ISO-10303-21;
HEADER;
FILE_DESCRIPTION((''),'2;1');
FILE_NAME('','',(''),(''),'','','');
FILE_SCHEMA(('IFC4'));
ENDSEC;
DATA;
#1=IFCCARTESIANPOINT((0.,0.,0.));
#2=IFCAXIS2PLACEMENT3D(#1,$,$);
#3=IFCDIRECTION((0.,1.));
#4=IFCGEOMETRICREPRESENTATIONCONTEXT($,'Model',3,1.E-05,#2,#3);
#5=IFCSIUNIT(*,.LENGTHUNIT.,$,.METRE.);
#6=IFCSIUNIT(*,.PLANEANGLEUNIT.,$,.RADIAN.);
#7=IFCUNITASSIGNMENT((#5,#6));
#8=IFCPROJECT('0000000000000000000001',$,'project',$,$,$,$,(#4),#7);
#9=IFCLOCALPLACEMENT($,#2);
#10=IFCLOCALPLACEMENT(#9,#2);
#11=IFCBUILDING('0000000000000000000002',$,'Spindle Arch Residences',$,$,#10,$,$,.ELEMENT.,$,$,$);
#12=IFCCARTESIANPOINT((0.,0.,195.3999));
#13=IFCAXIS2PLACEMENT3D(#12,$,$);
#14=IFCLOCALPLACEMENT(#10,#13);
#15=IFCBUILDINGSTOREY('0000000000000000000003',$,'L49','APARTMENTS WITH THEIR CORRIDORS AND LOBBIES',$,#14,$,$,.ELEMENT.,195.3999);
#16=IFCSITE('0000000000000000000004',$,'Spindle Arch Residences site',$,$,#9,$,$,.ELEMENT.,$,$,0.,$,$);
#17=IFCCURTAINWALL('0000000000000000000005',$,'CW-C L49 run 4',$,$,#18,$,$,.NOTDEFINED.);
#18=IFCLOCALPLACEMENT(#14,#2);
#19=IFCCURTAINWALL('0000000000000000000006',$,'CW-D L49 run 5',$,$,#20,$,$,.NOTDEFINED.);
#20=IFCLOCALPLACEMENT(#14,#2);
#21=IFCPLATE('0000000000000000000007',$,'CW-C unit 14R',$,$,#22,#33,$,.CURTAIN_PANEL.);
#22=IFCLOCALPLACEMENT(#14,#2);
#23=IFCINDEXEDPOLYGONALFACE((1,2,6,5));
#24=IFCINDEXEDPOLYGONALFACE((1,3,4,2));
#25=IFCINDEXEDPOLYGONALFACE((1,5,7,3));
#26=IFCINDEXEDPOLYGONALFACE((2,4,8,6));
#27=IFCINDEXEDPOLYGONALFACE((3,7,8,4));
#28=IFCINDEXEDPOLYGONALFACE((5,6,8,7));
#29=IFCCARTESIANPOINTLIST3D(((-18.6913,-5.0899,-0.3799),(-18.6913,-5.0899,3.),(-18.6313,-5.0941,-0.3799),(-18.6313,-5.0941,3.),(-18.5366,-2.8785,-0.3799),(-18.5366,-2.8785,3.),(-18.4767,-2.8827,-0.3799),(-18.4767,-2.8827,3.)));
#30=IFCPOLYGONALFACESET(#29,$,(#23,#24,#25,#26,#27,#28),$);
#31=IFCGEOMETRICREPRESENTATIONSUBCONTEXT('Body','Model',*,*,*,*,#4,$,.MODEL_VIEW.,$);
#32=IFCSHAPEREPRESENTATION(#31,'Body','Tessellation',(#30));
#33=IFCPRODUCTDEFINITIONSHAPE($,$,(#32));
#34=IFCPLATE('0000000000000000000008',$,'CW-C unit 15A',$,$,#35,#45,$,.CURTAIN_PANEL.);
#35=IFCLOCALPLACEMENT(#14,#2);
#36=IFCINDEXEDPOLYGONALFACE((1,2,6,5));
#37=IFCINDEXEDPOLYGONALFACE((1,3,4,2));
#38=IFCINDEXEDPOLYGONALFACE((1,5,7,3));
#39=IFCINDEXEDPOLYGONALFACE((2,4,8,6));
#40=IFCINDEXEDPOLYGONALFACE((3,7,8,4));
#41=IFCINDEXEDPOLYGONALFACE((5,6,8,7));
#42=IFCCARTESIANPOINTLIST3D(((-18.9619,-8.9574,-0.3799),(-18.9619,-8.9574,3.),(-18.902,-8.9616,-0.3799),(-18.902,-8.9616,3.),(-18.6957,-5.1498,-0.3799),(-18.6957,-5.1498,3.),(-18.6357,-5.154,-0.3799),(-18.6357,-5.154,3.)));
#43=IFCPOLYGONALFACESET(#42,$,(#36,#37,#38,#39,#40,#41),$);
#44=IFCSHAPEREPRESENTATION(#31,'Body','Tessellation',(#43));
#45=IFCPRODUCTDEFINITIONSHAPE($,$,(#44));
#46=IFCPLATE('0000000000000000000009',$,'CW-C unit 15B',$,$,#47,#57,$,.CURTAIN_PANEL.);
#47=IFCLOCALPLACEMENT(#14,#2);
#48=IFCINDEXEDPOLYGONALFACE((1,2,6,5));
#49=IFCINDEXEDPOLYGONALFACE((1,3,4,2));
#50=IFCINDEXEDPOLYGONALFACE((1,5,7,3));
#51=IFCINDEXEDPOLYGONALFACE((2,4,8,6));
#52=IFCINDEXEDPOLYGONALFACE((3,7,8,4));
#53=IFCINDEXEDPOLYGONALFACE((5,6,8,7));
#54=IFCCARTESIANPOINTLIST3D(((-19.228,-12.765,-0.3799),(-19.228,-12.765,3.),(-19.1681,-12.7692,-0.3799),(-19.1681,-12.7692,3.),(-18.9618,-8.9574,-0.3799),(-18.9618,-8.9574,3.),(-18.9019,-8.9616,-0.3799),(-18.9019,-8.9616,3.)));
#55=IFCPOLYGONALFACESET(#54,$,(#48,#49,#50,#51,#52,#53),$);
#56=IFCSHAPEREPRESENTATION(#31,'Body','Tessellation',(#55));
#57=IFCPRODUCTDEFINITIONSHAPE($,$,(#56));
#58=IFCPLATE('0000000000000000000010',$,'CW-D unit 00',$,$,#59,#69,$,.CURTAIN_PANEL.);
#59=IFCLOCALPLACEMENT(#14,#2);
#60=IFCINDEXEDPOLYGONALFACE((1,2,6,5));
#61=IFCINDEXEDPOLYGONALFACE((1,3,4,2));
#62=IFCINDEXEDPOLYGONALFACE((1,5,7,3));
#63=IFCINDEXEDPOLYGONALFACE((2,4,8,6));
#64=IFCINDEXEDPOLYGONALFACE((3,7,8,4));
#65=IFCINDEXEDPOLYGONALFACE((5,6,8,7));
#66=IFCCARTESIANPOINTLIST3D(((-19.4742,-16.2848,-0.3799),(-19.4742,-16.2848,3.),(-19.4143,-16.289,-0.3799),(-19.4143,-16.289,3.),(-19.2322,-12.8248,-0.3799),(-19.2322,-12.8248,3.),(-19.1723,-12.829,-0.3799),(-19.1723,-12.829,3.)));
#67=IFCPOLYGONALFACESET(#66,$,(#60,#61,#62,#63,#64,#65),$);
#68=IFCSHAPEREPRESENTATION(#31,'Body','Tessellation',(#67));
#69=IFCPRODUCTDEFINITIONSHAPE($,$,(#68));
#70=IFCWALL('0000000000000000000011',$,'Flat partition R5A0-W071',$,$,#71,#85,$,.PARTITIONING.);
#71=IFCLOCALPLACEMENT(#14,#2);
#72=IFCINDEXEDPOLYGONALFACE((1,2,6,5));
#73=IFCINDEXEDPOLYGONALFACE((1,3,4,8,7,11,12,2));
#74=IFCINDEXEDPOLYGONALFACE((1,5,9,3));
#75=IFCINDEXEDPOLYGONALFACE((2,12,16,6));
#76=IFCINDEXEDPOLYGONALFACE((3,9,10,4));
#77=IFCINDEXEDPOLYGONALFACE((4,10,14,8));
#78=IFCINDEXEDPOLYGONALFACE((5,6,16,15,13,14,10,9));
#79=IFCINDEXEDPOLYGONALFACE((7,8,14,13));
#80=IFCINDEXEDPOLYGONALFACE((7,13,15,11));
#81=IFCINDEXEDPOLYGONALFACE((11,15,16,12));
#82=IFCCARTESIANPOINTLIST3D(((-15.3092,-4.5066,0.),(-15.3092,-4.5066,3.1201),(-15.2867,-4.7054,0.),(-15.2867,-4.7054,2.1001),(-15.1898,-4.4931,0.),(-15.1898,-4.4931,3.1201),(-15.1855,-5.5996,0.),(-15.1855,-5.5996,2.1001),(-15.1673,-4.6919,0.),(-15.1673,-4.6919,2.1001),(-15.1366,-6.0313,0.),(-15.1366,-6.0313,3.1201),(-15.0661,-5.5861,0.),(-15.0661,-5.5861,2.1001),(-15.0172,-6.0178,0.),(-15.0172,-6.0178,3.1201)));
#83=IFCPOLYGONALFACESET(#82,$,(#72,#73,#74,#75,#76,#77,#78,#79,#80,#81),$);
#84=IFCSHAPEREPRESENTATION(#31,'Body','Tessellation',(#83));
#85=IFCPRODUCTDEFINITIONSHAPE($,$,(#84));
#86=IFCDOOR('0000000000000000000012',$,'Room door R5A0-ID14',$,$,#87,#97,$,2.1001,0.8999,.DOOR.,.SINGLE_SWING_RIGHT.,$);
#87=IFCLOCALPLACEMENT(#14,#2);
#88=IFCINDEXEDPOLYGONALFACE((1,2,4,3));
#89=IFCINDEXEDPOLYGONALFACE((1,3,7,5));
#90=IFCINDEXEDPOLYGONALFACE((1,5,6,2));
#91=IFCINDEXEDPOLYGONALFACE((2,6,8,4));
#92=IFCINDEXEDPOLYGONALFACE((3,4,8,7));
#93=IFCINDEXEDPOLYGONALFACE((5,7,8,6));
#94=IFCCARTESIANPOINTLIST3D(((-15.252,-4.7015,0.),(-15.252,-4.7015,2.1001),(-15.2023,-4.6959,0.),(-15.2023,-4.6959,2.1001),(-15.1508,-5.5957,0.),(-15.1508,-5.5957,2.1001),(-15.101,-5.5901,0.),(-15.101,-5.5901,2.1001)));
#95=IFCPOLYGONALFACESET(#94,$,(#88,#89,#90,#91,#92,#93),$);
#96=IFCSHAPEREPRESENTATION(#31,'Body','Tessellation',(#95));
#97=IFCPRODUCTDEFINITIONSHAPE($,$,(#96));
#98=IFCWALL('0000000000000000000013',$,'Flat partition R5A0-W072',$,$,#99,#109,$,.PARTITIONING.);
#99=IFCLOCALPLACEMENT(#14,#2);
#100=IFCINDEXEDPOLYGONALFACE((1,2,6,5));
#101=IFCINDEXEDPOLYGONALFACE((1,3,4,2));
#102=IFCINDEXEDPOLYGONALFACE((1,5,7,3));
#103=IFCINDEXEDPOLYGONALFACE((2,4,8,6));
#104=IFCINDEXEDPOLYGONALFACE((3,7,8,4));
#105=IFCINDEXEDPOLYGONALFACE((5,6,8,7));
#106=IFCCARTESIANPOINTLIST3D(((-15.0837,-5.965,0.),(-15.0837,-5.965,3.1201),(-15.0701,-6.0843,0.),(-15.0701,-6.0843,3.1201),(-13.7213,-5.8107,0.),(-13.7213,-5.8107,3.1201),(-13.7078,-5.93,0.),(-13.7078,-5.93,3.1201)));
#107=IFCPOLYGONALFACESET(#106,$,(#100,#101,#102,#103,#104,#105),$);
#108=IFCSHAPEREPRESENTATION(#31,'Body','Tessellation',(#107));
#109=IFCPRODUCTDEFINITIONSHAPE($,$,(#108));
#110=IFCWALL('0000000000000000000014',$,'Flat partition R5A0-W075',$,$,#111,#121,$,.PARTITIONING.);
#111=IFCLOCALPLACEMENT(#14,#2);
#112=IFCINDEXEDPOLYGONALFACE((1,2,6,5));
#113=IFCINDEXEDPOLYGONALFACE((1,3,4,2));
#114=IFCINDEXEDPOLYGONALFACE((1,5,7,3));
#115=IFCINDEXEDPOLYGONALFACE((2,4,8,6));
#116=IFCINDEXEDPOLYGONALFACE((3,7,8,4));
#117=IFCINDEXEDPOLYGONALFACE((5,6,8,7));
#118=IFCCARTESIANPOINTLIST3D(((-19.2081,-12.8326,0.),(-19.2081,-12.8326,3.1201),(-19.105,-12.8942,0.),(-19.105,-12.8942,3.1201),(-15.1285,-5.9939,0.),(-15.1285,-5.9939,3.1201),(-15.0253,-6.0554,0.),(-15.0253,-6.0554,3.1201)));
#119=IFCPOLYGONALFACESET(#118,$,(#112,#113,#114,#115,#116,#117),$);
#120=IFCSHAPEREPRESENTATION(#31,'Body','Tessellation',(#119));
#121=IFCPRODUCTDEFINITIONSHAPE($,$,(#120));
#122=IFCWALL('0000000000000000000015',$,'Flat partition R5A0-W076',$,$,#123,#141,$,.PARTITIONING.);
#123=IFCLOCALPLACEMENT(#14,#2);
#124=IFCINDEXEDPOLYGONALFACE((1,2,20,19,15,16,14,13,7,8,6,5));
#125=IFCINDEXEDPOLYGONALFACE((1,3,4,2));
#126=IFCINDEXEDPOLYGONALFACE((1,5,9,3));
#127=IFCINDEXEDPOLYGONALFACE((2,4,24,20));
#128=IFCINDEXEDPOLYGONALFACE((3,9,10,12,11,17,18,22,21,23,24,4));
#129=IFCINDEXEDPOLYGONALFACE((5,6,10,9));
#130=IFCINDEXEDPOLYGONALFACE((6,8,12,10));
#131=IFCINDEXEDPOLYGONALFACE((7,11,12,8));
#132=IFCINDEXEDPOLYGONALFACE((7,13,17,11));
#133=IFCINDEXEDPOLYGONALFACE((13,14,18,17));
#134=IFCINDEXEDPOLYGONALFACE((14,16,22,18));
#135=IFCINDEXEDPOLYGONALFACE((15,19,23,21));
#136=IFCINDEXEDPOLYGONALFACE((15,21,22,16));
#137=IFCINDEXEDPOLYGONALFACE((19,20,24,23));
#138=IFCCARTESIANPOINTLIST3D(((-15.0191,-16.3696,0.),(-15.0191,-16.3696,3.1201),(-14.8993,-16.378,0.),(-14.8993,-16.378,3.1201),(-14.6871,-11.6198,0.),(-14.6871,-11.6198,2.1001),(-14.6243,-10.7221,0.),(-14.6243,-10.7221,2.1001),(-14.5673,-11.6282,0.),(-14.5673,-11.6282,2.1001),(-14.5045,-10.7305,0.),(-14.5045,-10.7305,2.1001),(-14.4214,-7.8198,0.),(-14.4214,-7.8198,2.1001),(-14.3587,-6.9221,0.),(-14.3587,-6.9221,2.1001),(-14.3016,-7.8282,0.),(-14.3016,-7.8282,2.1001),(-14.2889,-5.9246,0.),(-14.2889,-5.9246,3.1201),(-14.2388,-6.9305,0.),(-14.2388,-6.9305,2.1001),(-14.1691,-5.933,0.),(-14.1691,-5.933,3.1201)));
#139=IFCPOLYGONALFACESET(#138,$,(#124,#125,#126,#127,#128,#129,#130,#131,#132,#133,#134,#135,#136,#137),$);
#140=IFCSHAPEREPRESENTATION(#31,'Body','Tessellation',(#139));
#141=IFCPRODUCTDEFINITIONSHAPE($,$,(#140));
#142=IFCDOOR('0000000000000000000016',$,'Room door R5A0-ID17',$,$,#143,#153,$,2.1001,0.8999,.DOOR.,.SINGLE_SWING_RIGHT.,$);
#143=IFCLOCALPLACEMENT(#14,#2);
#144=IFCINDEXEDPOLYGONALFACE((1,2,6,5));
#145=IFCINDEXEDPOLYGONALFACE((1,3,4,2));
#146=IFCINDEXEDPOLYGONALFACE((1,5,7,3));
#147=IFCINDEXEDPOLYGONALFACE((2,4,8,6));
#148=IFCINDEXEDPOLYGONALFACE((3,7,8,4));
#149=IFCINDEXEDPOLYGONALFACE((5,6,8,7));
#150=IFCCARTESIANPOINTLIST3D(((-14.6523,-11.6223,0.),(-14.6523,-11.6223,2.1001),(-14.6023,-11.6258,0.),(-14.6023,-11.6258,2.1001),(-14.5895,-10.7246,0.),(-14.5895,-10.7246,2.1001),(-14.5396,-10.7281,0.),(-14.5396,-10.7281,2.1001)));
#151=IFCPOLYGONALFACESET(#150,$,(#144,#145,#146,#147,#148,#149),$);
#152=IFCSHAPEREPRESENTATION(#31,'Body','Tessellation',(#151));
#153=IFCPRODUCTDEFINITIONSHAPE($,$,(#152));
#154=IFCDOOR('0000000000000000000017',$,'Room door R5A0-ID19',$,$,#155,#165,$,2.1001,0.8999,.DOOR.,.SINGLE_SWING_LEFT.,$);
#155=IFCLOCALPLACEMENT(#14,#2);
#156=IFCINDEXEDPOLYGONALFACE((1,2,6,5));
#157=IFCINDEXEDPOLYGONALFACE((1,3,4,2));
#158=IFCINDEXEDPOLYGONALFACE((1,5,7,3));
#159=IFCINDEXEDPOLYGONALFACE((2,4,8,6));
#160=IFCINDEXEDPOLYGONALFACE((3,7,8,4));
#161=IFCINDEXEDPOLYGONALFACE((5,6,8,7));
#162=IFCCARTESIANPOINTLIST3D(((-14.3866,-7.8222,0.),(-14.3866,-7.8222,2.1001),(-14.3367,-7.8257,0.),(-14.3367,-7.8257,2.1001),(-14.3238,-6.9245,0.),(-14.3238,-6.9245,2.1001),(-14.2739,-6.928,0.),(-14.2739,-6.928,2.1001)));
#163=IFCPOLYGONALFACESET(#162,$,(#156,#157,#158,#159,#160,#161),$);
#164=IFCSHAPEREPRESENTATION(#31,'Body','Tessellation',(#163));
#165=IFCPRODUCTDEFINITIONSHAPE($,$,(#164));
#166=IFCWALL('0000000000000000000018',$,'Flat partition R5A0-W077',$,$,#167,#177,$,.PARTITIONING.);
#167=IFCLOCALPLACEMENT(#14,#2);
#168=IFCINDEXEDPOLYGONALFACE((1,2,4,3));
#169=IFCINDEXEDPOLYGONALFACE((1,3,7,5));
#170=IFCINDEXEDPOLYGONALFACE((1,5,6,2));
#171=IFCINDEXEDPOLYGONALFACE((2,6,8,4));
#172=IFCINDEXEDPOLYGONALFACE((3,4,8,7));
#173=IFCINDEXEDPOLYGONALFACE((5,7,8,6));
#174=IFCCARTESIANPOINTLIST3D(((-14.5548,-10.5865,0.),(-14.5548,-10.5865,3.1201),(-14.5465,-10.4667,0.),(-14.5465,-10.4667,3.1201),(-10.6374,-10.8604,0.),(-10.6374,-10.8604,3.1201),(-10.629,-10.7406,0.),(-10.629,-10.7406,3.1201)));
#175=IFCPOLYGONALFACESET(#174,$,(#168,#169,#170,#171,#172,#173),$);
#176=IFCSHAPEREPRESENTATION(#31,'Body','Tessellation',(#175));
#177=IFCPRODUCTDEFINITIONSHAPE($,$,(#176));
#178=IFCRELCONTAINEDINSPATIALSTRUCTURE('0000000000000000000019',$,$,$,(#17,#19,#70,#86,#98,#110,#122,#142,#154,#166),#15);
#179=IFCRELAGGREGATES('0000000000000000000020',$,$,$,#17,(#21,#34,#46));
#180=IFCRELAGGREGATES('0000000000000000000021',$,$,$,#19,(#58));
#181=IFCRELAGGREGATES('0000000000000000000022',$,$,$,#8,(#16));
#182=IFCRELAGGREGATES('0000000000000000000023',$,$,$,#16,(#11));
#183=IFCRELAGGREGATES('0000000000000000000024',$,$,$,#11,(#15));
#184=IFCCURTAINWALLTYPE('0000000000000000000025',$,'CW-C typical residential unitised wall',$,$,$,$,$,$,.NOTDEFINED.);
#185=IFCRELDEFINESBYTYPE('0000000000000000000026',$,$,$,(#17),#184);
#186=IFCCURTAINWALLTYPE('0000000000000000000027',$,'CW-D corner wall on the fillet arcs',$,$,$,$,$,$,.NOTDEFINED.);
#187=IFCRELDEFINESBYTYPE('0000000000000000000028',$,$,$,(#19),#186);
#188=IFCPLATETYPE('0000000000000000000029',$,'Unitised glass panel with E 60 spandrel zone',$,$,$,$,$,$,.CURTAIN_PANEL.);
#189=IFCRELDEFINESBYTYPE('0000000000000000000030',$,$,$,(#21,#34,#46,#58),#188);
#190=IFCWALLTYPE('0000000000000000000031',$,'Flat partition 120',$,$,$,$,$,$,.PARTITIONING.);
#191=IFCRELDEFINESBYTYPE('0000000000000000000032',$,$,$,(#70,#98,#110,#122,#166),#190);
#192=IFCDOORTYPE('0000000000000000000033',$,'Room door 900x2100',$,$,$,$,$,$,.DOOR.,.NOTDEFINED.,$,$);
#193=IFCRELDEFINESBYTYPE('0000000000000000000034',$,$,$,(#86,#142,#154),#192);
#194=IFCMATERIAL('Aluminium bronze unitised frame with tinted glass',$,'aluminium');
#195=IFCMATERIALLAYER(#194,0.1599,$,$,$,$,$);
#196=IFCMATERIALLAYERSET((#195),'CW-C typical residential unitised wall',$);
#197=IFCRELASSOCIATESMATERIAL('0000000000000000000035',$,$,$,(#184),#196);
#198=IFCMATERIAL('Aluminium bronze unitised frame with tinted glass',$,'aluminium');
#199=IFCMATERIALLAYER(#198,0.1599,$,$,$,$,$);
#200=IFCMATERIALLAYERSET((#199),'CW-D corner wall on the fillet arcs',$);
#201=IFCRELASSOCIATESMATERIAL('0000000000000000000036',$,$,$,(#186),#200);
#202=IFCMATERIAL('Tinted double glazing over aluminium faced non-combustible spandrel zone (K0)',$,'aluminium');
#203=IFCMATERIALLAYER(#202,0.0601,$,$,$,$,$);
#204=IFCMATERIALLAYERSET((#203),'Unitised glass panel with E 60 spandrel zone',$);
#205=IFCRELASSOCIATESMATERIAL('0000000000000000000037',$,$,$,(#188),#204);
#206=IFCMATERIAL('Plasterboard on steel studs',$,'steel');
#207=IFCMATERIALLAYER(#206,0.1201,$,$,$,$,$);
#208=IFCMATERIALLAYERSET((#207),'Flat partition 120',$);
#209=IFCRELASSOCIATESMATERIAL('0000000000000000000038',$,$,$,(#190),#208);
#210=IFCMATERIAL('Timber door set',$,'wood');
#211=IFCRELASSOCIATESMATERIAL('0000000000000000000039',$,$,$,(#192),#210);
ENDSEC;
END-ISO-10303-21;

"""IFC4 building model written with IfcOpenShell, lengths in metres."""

from ifc_helpers import new_model, si_unit, direction, frame, frame_2d, origin, origin_2d, place, context, subcontext, project, spatial, rectangle, extrude, material, layer, layer_set, type_object, element, fill, aggregate, save


model = new_model("IFC4")

# Units and contexts
model_context = context("Model", 3, precision=1e-05, world=origin(), true_north=direction((0.0, 1.0)))
body_context = subcontext(model_context, "Body", "Model", "MODEL_VIEW")
ifc_project = project(units=[si_unit("LENGTHUNIT", "METRE"), si_unit("PLANEANGLEUNIT", "RADIAN")], contexts=[model_context])

# Site, building, storey
site_placement = place(None, origin())
site = spatial("IfcSite", under=ifc_project, at=site_placement, Name="Spindle Arch Residences site", CompositionType="ELEMENT", RefElevation=0.0)
building_placement = place(site_placement, origin())
building = spatial("IfcBuilding", under=site, at=building_placement, Name="Spindle Arch Residences", CompositionType="ELEMENT")
storey_placement = place(building_placement, frame((0.0, 0.0, 195.3999)))
storey = spatial("IfcBuildingStorey", under=building, at=storey_placement, Name="L49", Description="APARTMENTS WITH THEIR CORRIDORS AND LOBBIES", CompositionType="ELEMENT", Elevation=195.3999)

# Curtain wall
ifc_material_1 = material(Name="Aluminium bronze unitised frame with tinted glass", Category="aluminium")
ifc_layer_1 = layer(ifc_material_1, 0.1599)
ifc_layer_set_1 = layer_set([ifc_layer_1], Name="CW-C typical residential unitised wall")
curtain_wall_type_1 = type_object("IfcCurtainWallType", Name="CW-C typical residential unitised wall", PredefinedType="NOTDEFINED", material=ifc_layer_set_1)
curtain_wall_1_placement = place(storey_placement, origin())
curtain_wall_1 = element("IfcCurtainWall", 1, at=curtain_wall_1_placement, inside=storey, type_object=curtain_wall_type_1, Name="CW-C L49 run 4", PredefinedType="NOTDEFINED")

# Curtain wall
ifc_material_2 = material(Name="Aluminium bronze unitised frame with tinted glass", Category="aluminium")
ifc_layer_2 = layer(ifc_material_2, 0.1599)
ifc_layer_set_2 = layer_set([ifc_layer_2], Name="CW-D corner wall on the fillet arcs")
curtain_wall_type_2 = type_object("IfcCurtainWallType", Name="CW-D corner wall on the fillet arcs", PredefinedType="NOTDEFINED", material=ifc_layer_set_2)
curtain_wall_2_placement = place(storey_placement, origin())
curtain_wall_2 = element("IfcCurtainWall", 2, at=curtain_wall_2_placement, inside=storey, type_object=curtain_wall_type_2, Name="CW-D L49 run 5", PredefinedType="NOTDEFINED")

# Plates
ifc_material_3 = material(Name="Tinted double glazing over aluminium faced non-combustible spandrel zone (K0)", Category="aluminium")
ifc_layer_3 = layer(ifc_material_3, 0.0601)
ifc_layer_set_3 = layer_set([ifc_layer_3], Name="Unitised glass panel with E 60 spandrel zone")
plate_type = type_object("IfcPlateType", Name="Unitised glass panel with E 60 spandrel zone", PredefinedType="CURTAIN_PANEL", material=ifc_layer_set_3)
plate_1_placement = place(storey_placement, frame((-18.584, -3.9863, -0.3799), z_axis=(0.0, 0.0, 1.0), x_axis=(-0.069756, -0.997564, 0.0)))
plate_1 = element("IfcPlate", 3, at=plate_1_placement, type_object=plate_type, Name="CW-C unit 14R", PredefinedType="CURTAIN_PANEL", context=body_context, shape_type="SweptSolid", body=[
    extrude(rectangle(XDim=2.2168, YDim=0.0601, at=origin_2d()), origin(), (0.0, 0.0, 1.0), 3.3799),
])
plate_2_placement = place(storey_placement, frame((-18.7988, -7.0557, -0.3799), z_axis=(0.0, 0.0, 1.0), x_axis=(-0.069756, -0.997564, 0.0)))
plate_2 = element("IfcPlate", 4, at=plate_2_placement, type_object=plate_type, Name="CW-C unit 15A", PredefinedType="CURTAIN_PANEL", context=body_context, shape_type="SweptSolid", body=[
    extrude(rectangle(XDim=3.8169, YDim=0.0601, at=origin_2d()), origin(), (0.0, 0.0, 1.0), 3.3799),
])
plate_3_placement = place(storey_placement, frame((-19.0649, -10.8633, -0.3799), z_axis=(0.0, 0.0, 1.0), x_axis=(-0.069756, -0.997564, 0.0)))
plate_3 = element("IfcPlate", 5, at=plate_3_placement, type_object=plate_type, Name="CW-C unit 15B", PredefinedType="CURTAIN_PANEL", context=body_context, shape_type="SweptSolid", body=[
    extrude(rectangle(XDim=3.8169, YDim=0.0601, at=origin_2d()), origin(), (0.0, 0.0, 1.0), 3.3799),
])
aggregate(curtain_wall_1, [plate_1, plate_2, plate_3])
plate_4_placement = place(storey_placement, frame((-19.3232, -14.5569, -0.3799), z_axis=(0.0, 0.0, 1.0), x_axis=(-0.069756, -0.997564, 0.0)))
plate_4 = element("IfcPlate", 6, at=plate_4_placement, type_object=plate_type, Name="CW-D unit 00", PredefinedType="CURTAIN_PANEL", context=body_context, shape_type="SweptSolid", body=[
    extrude(rectangle(XDim=3.4685, YDim=0.0601, at=origin_2d()), origin(), (0.0, 0.0, 1.0), 3.3799),
])
aggregate(curtain_wall_2, [plate_4])

# Wall, opening, door
ifc_material_4 = material(Name="Plasterboard on steel studs", Category="steel")
ifc_layer_4 = layer(ifc_material_4, 0.1201)
ifc_layer_set_4 = layer_set([ifc_layer_4], Name="Flat partition 120")
wall_type_1 = type_object("IfcWallType", Name="Flat partition 120", PredefinedType="PARTITIONING", material=ifc_layer_set_4)
wall_1_placement = place(storey_placement, frame((-15.2495, -4.5, 0.0), z_axis=(0.0, 0.0, 1.0), x_axis=(0.112492, -0.993653, 0.0)))
wall_1 = element("IfcWall", 7, at=wall_1_placement, inside=storey, type_object=wall_type_1, Name="Flat partition R5A0-W071", PredefinedType="PARTITIONING", context=body_context, shape_type="SweptSolid", body=[
    extrude(rectangle(XDim=1.5344, YDim=0.1201, at=frame_2d((0.7671, 0.0))), origin(), (0.0, 0.0, 1.0), 3.1201),
])
opening_1_placement = place(wall_1_placement, frame((0.2, 0.0, 0.0)))
opening_1 = element("IfcOpeningElement", 8, at=opening_1_placement, cuts=wall_1, PredefinedType="OPENING", context=body_context, shape_type="SweptSolid", body=[
    extrude(rectangle(XDim=0.8999, YDim=2.1001, at=frame_2d((0.45, 1.05))), frame((0.0, 0.0701, 0.0), z_axis=(0.0, -1.0, 0.0), x_axis=(1.0, 0.0, 0.0)), (0.0, 0.0, 1.0), 0.1401),
])
ifc_material_5 = material(Name="Timber door set", Category="wood")
door_type_1 = type_object("IfcDoorType", Name="Room door 900x2100", OperationType="NOTDEFINED", PredefinedType="DOOR", material=ifc_material_5)
door_1_placement = place(opening_1_placement, origin())
door_1 = element("IfcDoor", 9, at=door_1_placement, inside=storey, type_object=door_type_1, Name="Room door R5A0-ID14", OperationType="SINGLE_SWING_RIGHT", OverallHeight=2.1001, OverallWidth=0.8999, PredefinedType="DOOR", context=body_context, shape_type="SweptSolid", body=[
    extrude(rectangle(XDim=0.8999, YDim=2.1001, at=frame_2d((0.45, 1.05))), frame((0.0, 0.0249, 0.0), z_axis=(0.0, -1.0, 0.0), x_axis=(1.0, 0.0, 0.0)), (0.0, 0.0, 1.0), 0.05),
])
fill(opening_1, door_1)

# Walls
wall_2_placement = place(storey_placement, frame((-15.0769, -6.0247, 0.0), z_axis=(0.0, 0.0, 1.0), x_axis=(0.993647, 0.112542, 0.0)))
element("IfcWall", 10, at=wall_2_placement, inside=storey, type_object=wall_type_1, Name="Flat partition R5A0-W072", PredefinedType="PARTITIONING", context=body_context, shape_type="SweptSolid", body=[
    extrude(rectangle(XDim=1.3711, YDim=0.1201, at=frame_2d((0.6855, 0.0))), origin(), (0.0, 0.0, 1.0), 3.1201),
])
wall_3_placement = place(storey_placement, frame((-19.1565, -12.8633, 0.0), z_axis=(0.0, 0.0, 1.0), x_axis=(0.512316, 0.858797, 0.0)))
element("IfcWall", 11, at=wall_3_placement, inside=storey, type_object=wall_type_1, Name="Flat partition R5A0-W075", PredefinedType="PARTITIONING", context=body_context, shape_type="SweptSolid", body=[
    extrude(rectangle(XDim=7.9631, YDim=0.1201, at=frame_2d((3.9814, 0.0))), origin(), (0.0, 0.0, 1.0), 3.1201),
])

# Wall, openings, doors
wall_4_placement = place(storey_placement, frame((-14.229, -5.9287, 0.0), z_axis=(0.0, 0.0, 1.0), x_axis=(-0.069741, -0.997565, 0.0)))
wall_4 = element("IfcWall", 12, at=wall_4_placement, inside=storey, type_object=wall_type_1, Name="Flat partition R5A0-W076", PredefinedType="PARTITIONING", context=body_context, shape_type="SweptSolid", body=[
    extrude(rectangle(XDim=10.4705, YDim=0.1201, at=frame_2d((5.2354, 0.0))), origin(), (0.0, 0.0, 1.0), 3.1201),
])
opening_2_placement = place(wall_4_placement, frame((4.8093, 0.0, 0.0)))
opening_2 = element("IfcOpeningElement", 13, at=opening_2_placement, cuts=wall_4, PredefinedType="OPENING", context=body_context, shape_type="SweptSolid", body=[
    extrude(rectangle(XDim=0.8999, YDim=2.1001, at=frame_2d((0.45, 1.05))), frame((0.0, 0.0701, 0.0), z_axis=(0.0, -1.0, 0.0), x_axis=(1.0, 0.0, 0.0)), (0.0, 0.0, 1.0), 0.1401),
])
opening_3_placement = place(wall_4_placement, frame((1.0, 0.0, 0.0)))
opening_3 = element("IfcOpeningElement", 14, at=opening_3_placement, cuts=wall_4, PredefinedType="OPENING", context=body_context, shape_type="SweptSolid", body=[
    extrude(rectangle(XDim=0.8999, YDim=2.1001, at=frame_2d((0.45, 1.05))), frame((0.0, 0.0701, 0.0), z_axis=(0.0, -1.0, 0.0), x_axis=(1.0, 0.0, 0.0)), (0.0, 0.0, 1.0), 0.1401),
])
door_2_placement = place(opening_2_placement, origin())
door_2 = element("IfcDoor", 15, at=door_2_placement, inside=storey, type_object=door_type_1, Name="Room door R5A0-ID17", OperationType="SINGLE_SWING_RIGHT", OverallHeight=2.1001, OverallWidth=0.8999, PredefinedType="DOOR", context=body_context, shape_type="SweptSolid", body=[
    extrude(rectangle(XDim=0.8999, YDim=2.1001, at=frame_2d((0.45, 1.05))), frame((0.0, 0.0249, 0.0), z_axis=(0.0, -1.0, 0.0), x_axis=(1.0, 0.0, 0.0)), (0.0, 0.0, 1.0), 0.05),
])
fill(opening_2, door_2)
door_3_placement = place(opening_3_placement, origin())
door_3 = element("IfcDoor", 16, at=door_3_placement, inside=storey, type_object=door_type_1, Name="Room door R5A0-ID19", OperationType="SINGLE_SWING_LEFT", OverallHeight=2.1001, OverallWidth=0.8999, PredefinedType="DOOR", context=body_context, shape_type="SweptSolid", body=[
    extrude(rectangle(XDim=0.8999, YDim=2.1001, at=frame_2d((0.45, 1.05))), frame((0.0, 0.0249, 0.0), z_axis=(0.0, -1.0, 0.0), x_axis=(1.0, 0.0, 0.0)), (0.0, 0.0, 1.0), 0.05),
])
fill(opening_3, door_3)

# Wall
wall_5_placement = place(storey_placement, frame((-14.5505, -10.5266, 0.0), z_axis=(0.0, 0.0, 1.0), x_axis=(0.997564, -0.069754, 0.0)))
element("IfcWall", 17, at=wall_5_placement, inside=storey, type_object=wall_type_1, Name="Flat partition R5A0-W077", PredefinedType="PARTITIONING", context=body_context, shape_type="SweptSolid", body=[
    extrude(rectangle(XDim=3.927, YDim=0.1201, at=frame_2d((1.9634, 0.0))), origin(), (0.0, 0.0, 1.0), 3.1201),
])

save(model, "model.ifc")
